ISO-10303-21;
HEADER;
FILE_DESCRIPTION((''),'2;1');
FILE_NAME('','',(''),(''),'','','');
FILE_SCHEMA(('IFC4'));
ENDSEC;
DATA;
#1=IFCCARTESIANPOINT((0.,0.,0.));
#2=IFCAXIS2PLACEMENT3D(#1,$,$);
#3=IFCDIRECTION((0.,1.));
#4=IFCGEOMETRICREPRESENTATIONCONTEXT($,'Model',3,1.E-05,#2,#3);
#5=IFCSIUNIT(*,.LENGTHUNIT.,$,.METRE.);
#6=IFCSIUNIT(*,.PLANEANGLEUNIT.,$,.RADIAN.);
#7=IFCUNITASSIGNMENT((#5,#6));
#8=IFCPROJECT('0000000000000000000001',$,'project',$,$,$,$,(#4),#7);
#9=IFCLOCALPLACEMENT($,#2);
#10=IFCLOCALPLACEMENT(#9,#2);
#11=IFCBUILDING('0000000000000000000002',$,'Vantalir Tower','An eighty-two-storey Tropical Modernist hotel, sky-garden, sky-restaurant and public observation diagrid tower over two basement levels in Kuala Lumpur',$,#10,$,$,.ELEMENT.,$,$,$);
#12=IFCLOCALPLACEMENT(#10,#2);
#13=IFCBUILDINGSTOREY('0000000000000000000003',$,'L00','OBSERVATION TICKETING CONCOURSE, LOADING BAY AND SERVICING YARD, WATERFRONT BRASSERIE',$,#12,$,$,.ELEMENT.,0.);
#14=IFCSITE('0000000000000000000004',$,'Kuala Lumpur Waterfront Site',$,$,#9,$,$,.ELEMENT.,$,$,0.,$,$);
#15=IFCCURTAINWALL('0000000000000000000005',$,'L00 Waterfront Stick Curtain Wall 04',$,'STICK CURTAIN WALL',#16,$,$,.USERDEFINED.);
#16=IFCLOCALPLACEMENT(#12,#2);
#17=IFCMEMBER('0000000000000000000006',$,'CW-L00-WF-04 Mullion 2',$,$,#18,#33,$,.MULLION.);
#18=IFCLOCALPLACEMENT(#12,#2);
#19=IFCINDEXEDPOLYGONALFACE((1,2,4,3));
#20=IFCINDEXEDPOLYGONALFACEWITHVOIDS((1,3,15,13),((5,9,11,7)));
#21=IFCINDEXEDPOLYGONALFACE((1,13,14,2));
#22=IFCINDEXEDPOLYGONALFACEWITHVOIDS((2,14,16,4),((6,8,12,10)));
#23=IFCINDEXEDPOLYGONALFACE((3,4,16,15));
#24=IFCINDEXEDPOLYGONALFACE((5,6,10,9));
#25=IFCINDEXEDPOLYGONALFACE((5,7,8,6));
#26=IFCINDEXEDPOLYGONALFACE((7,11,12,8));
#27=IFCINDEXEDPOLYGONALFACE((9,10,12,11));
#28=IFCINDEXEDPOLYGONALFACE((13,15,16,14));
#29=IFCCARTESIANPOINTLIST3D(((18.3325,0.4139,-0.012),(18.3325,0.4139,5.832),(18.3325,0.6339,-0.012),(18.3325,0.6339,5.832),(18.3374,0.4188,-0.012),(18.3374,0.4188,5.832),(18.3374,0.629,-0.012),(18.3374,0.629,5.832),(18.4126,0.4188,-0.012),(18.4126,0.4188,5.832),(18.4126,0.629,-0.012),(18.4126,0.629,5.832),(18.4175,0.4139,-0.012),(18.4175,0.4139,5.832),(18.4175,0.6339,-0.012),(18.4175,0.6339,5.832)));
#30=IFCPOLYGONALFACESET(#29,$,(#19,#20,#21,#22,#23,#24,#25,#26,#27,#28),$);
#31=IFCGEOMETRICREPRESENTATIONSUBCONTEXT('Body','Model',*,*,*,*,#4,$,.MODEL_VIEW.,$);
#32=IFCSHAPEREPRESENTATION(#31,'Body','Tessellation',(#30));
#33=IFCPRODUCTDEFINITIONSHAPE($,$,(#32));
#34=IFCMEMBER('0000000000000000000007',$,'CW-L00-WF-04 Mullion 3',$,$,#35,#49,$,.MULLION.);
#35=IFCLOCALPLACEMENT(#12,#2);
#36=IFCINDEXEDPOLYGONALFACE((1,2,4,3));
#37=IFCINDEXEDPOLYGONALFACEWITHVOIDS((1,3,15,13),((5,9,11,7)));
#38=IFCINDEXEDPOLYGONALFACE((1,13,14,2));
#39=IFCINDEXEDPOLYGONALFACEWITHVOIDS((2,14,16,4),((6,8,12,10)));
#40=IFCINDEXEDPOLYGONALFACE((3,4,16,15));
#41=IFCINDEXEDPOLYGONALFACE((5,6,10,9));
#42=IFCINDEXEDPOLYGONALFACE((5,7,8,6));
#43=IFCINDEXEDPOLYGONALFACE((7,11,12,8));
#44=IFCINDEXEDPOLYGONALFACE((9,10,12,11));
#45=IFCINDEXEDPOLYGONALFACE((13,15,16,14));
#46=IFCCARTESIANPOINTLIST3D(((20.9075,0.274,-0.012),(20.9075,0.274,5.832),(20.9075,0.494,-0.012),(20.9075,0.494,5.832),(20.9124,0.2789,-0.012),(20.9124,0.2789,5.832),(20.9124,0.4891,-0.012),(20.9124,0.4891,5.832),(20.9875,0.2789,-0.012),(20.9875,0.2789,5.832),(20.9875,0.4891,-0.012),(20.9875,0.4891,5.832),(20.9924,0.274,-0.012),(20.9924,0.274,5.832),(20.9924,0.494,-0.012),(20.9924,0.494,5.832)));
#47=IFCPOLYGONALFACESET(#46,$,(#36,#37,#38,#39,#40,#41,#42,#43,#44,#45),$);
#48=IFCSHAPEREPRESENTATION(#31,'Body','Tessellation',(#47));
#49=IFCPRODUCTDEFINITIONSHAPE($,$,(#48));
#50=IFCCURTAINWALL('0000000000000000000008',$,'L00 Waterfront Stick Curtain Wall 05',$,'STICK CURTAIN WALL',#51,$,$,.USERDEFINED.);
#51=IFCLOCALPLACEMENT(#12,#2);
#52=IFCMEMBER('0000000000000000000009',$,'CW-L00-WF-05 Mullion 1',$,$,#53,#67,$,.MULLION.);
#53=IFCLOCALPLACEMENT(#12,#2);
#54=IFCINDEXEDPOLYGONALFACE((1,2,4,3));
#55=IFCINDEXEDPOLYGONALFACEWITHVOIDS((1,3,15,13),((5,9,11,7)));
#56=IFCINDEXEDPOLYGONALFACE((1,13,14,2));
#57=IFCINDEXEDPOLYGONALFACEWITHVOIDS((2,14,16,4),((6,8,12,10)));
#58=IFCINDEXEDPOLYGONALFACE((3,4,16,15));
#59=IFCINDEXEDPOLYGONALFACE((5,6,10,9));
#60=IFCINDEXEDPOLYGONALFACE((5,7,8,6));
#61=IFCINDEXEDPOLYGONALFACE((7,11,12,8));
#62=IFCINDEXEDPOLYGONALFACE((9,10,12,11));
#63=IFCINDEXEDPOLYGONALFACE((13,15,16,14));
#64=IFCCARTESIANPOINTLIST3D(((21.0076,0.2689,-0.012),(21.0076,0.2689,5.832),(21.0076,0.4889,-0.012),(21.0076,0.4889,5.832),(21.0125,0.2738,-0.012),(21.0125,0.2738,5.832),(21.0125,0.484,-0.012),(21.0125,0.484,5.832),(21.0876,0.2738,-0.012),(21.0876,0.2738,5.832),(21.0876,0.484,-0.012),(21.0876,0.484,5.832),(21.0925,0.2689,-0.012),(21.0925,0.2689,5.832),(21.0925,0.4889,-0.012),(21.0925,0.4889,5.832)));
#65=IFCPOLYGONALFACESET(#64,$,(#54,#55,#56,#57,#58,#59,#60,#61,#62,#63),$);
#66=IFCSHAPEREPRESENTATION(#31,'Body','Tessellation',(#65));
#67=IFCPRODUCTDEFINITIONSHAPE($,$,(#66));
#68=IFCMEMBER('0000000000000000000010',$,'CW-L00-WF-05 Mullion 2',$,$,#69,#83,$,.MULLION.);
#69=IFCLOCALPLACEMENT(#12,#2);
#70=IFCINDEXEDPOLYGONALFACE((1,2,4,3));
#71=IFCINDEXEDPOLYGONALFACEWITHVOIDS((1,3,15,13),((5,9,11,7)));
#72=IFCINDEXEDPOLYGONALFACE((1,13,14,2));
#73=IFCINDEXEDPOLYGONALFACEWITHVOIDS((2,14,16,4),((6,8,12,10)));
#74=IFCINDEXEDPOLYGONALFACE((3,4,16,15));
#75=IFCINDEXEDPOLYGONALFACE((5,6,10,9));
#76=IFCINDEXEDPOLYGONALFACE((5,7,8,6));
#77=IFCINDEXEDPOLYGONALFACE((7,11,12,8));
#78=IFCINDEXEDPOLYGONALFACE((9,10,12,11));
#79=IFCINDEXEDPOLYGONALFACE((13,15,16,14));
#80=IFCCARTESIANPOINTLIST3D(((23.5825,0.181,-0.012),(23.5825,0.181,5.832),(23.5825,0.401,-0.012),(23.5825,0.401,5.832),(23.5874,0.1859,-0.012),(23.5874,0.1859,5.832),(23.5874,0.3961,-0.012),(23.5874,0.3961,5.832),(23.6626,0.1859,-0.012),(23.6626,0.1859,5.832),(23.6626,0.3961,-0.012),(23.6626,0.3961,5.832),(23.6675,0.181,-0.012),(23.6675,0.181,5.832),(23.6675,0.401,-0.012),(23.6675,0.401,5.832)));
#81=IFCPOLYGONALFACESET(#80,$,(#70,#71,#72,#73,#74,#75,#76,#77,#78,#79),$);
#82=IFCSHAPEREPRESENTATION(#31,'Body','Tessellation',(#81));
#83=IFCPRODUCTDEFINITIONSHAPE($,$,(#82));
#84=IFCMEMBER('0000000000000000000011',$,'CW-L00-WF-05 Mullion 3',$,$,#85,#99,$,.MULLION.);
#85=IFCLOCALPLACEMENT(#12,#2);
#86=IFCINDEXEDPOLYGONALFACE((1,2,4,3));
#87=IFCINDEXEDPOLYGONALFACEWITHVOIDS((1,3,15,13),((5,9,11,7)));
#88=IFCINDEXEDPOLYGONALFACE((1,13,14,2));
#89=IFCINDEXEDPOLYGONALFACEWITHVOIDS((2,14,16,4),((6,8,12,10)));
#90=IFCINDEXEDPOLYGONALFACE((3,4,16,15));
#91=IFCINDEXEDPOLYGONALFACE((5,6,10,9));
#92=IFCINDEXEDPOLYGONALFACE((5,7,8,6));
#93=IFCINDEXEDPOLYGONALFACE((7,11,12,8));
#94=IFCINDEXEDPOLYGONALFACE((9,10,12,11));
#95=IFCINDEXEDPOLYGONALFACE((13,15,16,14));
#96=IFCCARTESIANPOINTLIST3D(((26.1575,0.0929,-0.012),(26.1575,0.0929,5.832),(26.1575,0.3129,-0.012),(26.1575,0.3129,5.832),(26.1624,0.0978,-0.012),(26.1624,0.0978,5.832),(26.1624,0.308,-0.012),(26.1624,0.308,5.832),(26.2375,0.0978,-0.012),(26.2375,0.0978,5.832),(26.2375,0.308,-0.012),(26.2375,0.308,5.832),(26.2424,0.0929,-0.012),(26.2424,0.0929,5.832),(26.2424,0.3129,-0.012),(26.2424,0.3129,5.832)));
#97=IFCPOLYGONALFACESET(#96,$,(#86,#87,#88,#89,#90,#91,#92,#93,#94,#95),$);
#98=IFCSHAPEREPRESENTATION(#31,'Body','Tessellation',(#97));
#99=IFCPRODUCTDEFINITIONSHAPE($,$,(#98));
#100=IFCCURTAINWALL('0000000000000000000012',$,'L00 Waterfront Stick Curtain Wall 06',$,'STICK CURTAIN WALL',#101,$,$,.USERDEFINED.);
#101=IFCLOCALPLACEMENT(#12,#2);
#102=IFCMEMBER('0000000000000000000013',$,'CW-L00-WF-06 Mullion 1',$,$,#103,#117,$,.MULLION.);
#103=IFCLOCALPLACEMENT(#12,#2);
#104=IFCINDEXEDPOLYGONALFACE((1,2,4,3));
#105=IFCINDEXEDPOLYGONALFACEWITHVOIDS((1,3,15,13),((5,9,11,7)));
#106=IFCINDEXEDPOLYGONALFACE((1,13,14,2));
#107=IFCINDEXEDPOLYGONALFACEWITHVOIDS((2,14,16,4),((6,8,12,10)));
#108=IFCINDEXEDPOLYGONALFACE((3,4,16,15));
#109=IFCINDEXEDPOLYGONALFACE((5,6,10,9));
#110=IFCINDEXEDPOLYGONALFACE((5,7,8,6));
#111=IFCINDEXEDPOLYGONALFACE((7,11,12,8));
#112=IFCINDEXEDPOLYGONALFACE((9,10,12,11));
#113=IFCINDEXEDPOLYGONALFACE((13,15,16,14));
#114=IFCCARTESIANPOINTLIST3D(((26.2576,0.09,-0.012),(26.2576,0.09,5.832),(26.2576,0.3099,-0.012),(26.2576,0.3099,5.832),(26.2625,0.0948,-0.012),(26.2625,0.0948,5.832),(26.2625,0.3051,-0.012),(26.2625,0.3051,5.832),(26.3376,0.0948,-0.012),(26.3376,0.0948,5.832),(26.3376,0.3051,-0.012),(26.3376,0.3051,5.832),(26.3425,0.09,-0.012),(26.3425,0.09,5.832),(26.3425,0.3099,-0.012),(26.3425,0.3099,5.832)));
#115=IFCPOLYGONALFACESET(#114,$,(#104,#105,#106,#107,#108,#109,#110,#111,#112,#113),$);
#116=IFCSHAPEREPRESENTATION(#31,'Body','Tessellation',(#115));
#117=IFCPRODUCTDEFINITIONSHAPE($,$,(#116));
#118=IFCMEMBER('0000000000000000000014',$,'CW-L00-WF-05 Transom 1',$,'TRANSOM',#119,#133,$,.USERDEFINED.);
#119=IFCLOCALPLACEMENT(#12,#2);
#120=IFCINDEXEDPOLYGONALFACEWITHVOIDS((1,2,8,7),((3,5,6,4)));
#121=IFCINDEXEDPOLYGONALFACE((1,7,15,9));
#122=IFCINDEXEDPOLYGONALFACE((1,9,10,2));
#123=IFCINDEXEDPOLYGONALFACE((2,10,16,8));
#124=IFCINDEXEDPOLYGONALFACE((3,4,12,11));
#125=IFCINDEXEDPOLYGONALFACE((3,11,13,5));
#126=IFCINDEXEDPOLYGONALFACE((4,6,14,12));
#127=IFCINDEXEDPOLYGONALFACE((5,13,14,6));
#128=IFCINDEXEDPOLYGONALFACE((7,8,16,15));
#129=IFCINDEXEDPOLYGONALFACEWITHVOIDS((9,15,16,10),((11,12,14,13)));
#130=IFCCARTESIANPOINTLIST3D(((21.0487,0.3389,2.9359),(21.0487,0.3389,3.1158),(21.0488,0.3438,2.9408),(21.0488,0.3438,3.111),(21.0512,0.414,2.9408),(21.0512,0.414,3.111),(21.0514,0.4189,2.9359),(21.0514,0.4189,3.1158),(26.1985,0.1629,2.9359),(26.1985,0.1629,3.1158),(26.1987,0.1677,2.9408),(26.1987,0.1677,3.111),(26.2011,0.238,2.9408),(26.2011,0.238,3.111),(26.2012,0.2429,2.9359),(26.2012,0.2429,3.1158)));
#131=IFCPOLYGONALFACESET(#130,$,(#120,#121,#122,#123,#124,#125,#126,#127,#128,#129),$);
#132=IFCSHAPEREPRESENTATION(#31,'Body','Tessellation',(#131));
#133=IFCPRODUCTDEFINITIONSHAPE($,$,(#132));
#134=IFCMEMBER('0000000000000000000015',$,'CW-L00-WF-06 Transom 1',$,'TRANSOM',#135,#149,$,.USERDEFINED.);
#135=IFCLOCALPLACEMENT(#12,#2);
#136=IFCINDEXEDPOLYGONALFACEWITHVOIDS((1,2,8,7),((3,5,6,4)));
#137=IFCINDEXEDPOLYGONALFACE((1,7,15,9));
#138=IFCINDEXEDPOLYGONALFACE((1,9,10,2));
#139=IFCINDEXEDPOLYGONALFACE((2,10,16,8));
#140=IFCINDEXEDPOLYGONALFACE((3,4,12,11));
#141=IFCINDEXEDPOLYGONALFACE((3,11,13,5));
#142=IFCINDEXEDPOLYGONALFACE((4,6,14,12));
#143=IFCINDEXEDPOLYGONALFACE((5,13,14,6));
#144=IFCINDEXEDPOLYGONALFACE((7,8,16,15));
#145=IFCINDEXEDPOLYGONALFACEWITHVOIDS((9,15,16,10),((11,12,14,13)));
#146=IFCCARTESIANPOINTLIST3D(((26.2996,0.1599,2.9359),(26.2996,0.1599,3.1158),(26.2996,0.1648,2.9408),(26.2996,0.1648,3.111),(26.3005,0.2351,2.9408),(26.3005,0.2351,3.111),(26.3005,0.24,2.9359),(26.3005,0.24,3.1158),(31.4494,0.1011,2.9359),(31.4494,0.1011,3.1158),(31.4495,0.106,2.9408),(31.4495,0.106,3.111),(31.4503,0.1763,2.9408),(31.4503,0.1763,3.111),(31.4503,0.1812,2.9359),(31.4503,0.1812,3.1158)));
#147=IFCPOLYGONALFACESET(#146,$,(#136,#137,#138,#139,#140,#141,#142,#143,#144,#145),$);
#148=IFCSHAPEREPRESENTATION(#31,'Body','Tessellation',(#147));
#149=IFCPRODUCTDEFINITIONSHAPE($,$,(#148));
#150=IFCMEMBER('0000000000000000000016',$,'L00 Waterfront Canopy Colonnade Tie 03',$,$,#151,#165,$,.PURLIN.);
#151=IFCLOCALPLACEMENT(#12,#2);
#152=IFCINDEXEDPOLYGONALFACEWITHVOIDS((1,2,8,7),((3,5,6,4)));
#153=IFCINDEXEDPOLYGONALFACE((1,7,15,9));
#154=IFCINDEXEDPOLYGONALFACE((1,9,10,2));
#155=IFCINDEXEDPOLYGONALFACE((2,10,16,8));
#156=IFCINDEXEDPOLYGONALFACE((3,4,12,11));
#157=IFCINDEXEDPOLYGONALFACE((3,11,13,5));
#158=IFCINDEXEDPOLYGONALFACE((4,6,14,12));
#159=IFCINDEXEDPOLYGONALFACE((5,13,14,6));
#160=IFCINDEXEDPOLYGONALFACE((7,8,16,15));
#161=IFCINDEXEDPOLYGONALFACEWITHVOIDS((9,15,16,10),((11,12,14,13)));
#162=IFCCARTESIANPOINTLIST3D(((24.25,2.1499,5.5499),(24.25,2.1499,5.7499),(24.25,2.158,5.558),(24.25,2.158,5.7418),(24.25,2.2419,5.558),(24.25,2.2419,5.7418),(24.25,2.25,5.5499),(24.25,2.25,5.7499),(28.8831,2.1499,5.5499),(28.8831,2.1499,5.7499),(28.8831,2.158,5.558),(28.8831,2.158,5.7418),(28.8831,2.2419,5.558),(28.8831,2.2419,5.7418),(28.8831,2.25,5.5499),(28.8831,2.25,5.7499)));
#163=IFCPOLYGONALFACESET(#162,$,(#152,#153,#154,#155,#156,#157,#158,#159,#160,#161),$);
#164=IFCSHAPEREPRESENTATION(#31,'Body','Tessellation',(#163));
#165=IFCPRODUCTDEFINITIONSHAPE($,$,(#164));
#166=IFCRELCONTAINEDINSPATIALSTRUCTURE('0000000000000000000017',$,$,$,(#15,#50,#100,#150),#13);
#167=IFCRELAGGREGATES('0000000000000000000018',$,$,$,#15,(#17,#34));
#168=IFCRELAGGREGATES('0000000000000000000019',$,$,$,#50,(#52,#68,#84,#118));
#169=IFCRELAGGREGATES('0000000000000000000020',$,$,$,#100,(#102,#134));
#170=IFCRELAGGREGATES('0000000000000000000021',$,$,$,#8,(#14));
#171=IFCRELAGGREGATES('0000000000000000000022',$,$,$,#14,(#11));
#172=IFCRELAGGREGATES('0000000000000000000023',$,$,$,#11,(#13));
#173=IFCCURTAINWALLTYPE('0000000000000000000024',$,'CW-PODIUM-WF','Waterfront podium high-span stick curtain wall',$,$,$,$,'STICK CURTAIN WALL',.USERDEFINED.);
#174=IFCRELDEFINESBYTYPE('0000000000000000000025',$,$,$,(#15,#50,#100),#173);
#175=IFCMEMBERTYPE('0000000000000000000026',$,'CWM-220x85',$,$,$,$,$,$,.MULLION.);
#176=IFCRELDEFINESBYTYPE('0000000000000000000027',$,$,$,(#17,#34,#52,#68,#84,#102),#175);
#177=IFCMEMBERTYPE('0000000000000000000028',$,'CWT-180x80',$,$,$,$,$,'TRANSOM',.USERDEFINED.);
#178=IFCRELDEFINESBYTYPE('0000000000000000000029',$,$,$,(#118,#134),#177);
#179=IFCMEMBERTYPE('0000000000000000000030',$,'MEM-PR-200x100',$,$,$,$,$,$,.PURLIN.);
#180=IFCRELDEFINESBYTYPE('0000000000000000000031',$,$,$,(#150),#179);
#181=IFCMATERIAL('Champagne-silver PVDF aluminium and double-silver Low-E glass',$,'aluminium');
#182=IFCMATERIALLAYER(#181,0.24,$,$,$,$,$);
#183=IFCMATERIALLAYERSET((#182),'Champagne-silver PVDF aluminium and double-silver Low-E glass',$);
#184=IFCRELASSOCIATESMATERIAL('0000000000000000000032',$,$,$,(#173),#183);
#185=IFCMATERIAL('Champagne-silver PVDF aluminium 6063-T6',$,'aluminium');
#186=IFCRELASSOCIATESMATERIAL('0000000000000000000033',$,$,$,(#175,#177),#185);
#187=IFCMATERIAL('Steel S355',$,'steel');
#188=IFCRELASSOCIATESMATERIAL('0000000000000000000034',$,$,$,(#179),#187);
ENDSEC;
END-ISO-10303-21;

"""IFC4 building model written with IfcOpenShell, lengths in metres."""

from ifc_helpers import new_model, si_unit, direction, frame, origin, origin_2d, place, context, subcontext, project, spatial, hollow_rectangle, extrude, material, layer, layer_set, material_profile, profile_set, type_object, element, aggregate, save


model = new_model("IFC4")

# Units and contexts
model_context = context("Model", 3, precision=1e-05, world=origin(), true_north=direction((0.0, 1.0)))
body_context = subcontext(model_context, "Body", "Model", "MODEL_VIEW")
ifc_project = project(units=[si_unit("LENGTHUNIT", "METRE"), si_unit("PLANEANGLEUNIT", "RADIAN")], contexts=[model_context])

# Site, building, storey
site_placement = place(None, origin())
site = spatial("IfcSite", under=ifc_project, at=site_placement, Name="Kuala Lumpur Waterfront Site", CompositionType="ELEMENT", RefElevation=0.0)
building_placement = place(site_placement, origin())
building = spatial("IfcBuilding", under=site, at=building_placement, Name="Vantalir Tower", Description="An eighty-two-storey Tropical Modernist hotel, sky-garden, sky-restaurant and public observation diagrid tower over two basement levels in Kuala Lumpur", CompositionType="ELEMENT")
storey_placement = place(building_placement, origin())
storey = spatial("IfcBuildingStorey", under=building, at=storey_placement, Name="L00", Description="OBSERVATION TICKETING CONCOURSE, LOADING BAY AND SERVICING YARD, WATERFRONT BRASSERIE", CompositionType="ELEMENT", Elevation=0.0)

# Shared definitions
ifc_material_1 = material(Name="Steel S355", Category="steel")

# Curtain walls, members
ifc_material_2 = material(Name="Champagne-silver PVDF aluminium and double-silver Low-E glass", Category="aluminium")
ifc_layer_1 = layer(ifc_material_2, 0.24)
ifc_layer_set_1 = layer_set([ifc_layer_1], Name="Champagne-silver PVDF aluminium and double-silver Low-E glass")
curtain_wall_type = type_object("IfcCurtainWallType", Name="CW-PODIUM-WF", Description="Waterfront podium high-span stick curtain wall", ElementType="STICK CURTAIN WALL", PredefinedType="USERDEFINED", material=ifc_layer_set_1)
curtain_wall_1_placement = place(storey_placement, origin())
curtain_wall_1 = element("IfcCurtainWall", 1, at=curtain_wall_1_placement, inside=storey, type_object=curtain_wall_type, Name="L00 Waterfront Stick Curtain Wall 04", ObjectType="STICK CURTAIN WALL", PredefinedType="USERDEFINED")
ifc_material_3 = material(Name="Champagne-silver PVDF aluminium 6063-T6", Category="aluminium")
ifc_material_profile_1 = material_profile(ifc_material_3, hollow_rectangle(XDim=0.085, YDim=0.22, WallThickness=0.0049, at=origin_2d()), Name="Champagne-silver PVDF aluminium 6063-T6")
ifc_profile_set_1 = profile_set([ifc_material_profile_1], Name="Champagne-silver PVDF aluminium 6063-T6")
member_type_1 = type_object("IfcMemberType", Name="CWM-220x85", PredefinedType="MULLION", material=ifc_profile_set_1)
member_1_placement = place(storey_placement, frame((18.375, 0.5239, -0.012), z_axis=(0.0, 0.0, 1.0), x_axis=(1.0, 0.0, 0.0)))
member_1 = element("IfcMember", 2, at=member_1_placement, type_object=member_type_1, Name="CW-L00-WF-04 Mullion 2", PredefinedType="MULLION", context=body_context, shape_type="SweptSolid", body=[
    extrude(hollow_rectangle(XDim=0.085, YDim=0.22, WallThickness=0.0049, at=origin_2d()), origin(), (0.0, 0.0, 1.0), 5.844),
])
member_2_placement = place(storey_placement, frame((20.95, 0.384, -0.012), z_axis=(0.0, 0.0, 1.0), x_axis=(1.0, 0.0, 0.0)))
member_2 = element("IfcMember", 3, at=member_2_placement, type_object=member_type_1, Name="CW-L00-WF-04 Mullion 3", PredefinedType="MULLION", context=body_context, shape_type="SweptSolid", body=[
    extrude(hollow_rectangle(XDim=0.085, YDim=0.22, WallThickness=0.0049, at=origin_2d()), origin(), (0.0, 0.0, 1.0), 5.844),
])
curtain_wall_2_placement = place(storey_placement, origin())
curtain_wall_2 = element("IfcCurtainWall", 4, at=curtain_wall_2_placement, inside=storey, type_object=curtain_wall_type, Name="L00 Waterfront Stick Curtain Wall 05", ObjectType="STICK CURTAIN WALL", PredefinedType="USERDEFINED")
member_3_placement = place(storey_placement, frame((21.05, 0.3789, -0.012), z_axis=(0.0, 0.0, 1.0), x_axis=(1.0, 0.0, 0.0)))
member_3 = element("IfcMember", 5, at=member_3_placement, type_object=member_type_1, Name="CW-L00-WF-05 Mullion 1", PredefinedType="MULLION", context=body_context, shape_type="SweptSolid", body=[
    extrude(hollow_rectangle(XDim=0.085, YDim=0.22, WallThickness=0.0049, at=origin_2d()), origin(), (0.0, 0.0, 1.0), 5.844),
])
member_4_placement = place(storey_placement, frame((23.625, 0.291, -0.012), z_axis=(0.0, 0.0, 1.0), x_axis=(1.0, 0.0, 0.0)))
member_4 = element("IfcMember", 6, at=member_4_placement, type_object=member_type_1, Name="CW-L00-WF-05 Mullion 2", PredefinedType="MULLION", context=body_context, shape_type="SweptSolid", body=[
    extrude(hollow_rectangle(XDim=0.085, YDim=0.22, WallThickness=0.0049, at=origin_2d()), origin(), (0.0, 0.0, 1.0), 5.844),
])
member_5_placement = place(storey_placement, frame((26.2, 0.2029, -0.012), z_axis=(0.0, 0.0, 1.0), x_axis=(1.0, 0.0, 0.0)))
member_5 = element("IfcMember", 7, at=member_5_placement, type_object=member_type_1, Name="CW-L00-WF-05 Mullion 3", PredefinedType="MULLION", context=body_context, shape_type="SweptSolid", body=[
    extrude(hollow_rectangle(XDim=0.085, YDim=0.22, WallThickness=0.0049, at=origin_2d()), origin(), (0.0, 0.0, 1.0), 5.844),
])

# Curtain wall, member
curtain_wall_3_placement = place(storey_placement, origin())
curtain_wall_3 = element("IfcCurtainWall", 8, at=curtain_wall_3_placement, inside=storey, type_object=curtain_wall_type, Name="L00 Waterfront Stick Curtain Wall 06", ObjectType="STICK CURTAIN WALL", PredefinedType="USERDEFINED")
member_6_placement = place(storey_placement, frame((26.3, 0.2, -0.012), z_axis=(0.0, 0.0, 1.0), x_axis=(1.0, 0.0, 0.0)))
member_6 = element("IfcMember", 9, at=member_6_placement, type_object=member_type_1, Name="CW-L00-WF-06 Mullion 1", PredefinedType="MULLION", context=body_context, shape_type="SweptSolid", body=[
    extrude(hollow_rectangle(XDim=0.085, YDim=0.22, WallThickness=0.0049, at=origin_2d()), origin(), (0.0, 0.0, 1.0), 5.844),
])

# Members
ifc_material_profile_2 = material_profile(ifc_material_3, hollow_rectangle(XDim=0.0801, YDim=0.1799, WallThickness=0.0049, at=origin_2d()), Name="Champagne-silver PVDF aluminium 6063-T6")
ifc_profile_set_2 = profile_set([ifc_material_profile_2], Name="Champagne-silver PVDF aluminium 6063-T6")
member_type_2 = type_object("IfcMemberType", Name="CWT-180x80", ElementType="TRANSOM", PredefinedType="USERDEFINED", material=ifc_profile_set_2)
member_7_placement = place(storey_placement, frame((21.05, 0.3789, 3.0259), z_axis=(0.999416, -0.03416, 0.0), x_axis=(0.03416, 0.999416, 0.0)))
member_7 = element("IfcMember", 10, at=member_7_placement, type_object=member_type_2, Name="CW-L00-WF-05 Transom 1", ObjectType="TRANSOM", PredefinedType="USERDEFINED", context=body_context, shape_type="SweptSolid", body=[
    extrude(hollow_rectangle(XDim=0.0801, YDim=0.1799, WallThickness=0.0049, at=origin_2d()), origin(), (0.0, 0.0, 1.0), 5.1528),
])
member_8_placement = place(storey_placement, frame((26.3, 0.2, 3.0259), z_axis=(0.999935, -0.011424, 0.0), x_axis=(0.011424, 0.999935, 0.0)))
member_8 = element("IfcMember", 11, at=member_8_placement, type_object=member_type_2, Name="CW-L00-WF-06 Transom 1", ObjectType="TRANSOM", PredefinedType="USERDEFINED", context=body_context, shape_type="SweptSolid", body=[
    extrude(hollow_rectangle(XDim=0.0801, YDim=0.1799, WallThickness=0.0049, at=origin_2d()), origin(), (0.0, 0.0, 1.0), 5.1501),
])

# Member
ifc_material_profile_3 = material_profile(ifc_material_1, hollow_rectangle(XDim=0.1001, YDim=0.2, WallThickness=0.0081, at=origin_2d()), Name="Steel S355")
ifc_profile_set_3 = profile_set([ifc_material_profile_3], Name="Steel S355")
member_type_3 = type_object("IfcMemberType", Name="MEM-PR-200x100", PredefinedType="PURLIN", material=ifc_profile_set_3)
member_9_placement = place(storey_placement, frame((24.25, 2.2, 5.6499), z_axis=(1.0, 0.0, 0.0), x_axis=(0.0, 1.0, 0.0)))
element("IfcMember", 12, at=member_9_placement, inside=storey, type_object=member_type_3, Name="L00 Waterfront Canopy Colonnade Tie 03", PredefinedType="PURLIN", context=body_context, shape_type="SweptSolid", body=[
    extrude(hollow_rectangle(XDim=0.1001, YDim=0.2, WallThickness=0.0081, at=origin_2d()), origin(), (0.0, 0.0, 1.0), 4.6331),
])

aggregate(curtain_wall_1, [member_1, member_2])
aggregate(curtain_wall_2, [member_3, member_4, member_5, member_7])
aggregate(curtain_wall_3, [member_6, member_8])

save(model, "model.ifc")
